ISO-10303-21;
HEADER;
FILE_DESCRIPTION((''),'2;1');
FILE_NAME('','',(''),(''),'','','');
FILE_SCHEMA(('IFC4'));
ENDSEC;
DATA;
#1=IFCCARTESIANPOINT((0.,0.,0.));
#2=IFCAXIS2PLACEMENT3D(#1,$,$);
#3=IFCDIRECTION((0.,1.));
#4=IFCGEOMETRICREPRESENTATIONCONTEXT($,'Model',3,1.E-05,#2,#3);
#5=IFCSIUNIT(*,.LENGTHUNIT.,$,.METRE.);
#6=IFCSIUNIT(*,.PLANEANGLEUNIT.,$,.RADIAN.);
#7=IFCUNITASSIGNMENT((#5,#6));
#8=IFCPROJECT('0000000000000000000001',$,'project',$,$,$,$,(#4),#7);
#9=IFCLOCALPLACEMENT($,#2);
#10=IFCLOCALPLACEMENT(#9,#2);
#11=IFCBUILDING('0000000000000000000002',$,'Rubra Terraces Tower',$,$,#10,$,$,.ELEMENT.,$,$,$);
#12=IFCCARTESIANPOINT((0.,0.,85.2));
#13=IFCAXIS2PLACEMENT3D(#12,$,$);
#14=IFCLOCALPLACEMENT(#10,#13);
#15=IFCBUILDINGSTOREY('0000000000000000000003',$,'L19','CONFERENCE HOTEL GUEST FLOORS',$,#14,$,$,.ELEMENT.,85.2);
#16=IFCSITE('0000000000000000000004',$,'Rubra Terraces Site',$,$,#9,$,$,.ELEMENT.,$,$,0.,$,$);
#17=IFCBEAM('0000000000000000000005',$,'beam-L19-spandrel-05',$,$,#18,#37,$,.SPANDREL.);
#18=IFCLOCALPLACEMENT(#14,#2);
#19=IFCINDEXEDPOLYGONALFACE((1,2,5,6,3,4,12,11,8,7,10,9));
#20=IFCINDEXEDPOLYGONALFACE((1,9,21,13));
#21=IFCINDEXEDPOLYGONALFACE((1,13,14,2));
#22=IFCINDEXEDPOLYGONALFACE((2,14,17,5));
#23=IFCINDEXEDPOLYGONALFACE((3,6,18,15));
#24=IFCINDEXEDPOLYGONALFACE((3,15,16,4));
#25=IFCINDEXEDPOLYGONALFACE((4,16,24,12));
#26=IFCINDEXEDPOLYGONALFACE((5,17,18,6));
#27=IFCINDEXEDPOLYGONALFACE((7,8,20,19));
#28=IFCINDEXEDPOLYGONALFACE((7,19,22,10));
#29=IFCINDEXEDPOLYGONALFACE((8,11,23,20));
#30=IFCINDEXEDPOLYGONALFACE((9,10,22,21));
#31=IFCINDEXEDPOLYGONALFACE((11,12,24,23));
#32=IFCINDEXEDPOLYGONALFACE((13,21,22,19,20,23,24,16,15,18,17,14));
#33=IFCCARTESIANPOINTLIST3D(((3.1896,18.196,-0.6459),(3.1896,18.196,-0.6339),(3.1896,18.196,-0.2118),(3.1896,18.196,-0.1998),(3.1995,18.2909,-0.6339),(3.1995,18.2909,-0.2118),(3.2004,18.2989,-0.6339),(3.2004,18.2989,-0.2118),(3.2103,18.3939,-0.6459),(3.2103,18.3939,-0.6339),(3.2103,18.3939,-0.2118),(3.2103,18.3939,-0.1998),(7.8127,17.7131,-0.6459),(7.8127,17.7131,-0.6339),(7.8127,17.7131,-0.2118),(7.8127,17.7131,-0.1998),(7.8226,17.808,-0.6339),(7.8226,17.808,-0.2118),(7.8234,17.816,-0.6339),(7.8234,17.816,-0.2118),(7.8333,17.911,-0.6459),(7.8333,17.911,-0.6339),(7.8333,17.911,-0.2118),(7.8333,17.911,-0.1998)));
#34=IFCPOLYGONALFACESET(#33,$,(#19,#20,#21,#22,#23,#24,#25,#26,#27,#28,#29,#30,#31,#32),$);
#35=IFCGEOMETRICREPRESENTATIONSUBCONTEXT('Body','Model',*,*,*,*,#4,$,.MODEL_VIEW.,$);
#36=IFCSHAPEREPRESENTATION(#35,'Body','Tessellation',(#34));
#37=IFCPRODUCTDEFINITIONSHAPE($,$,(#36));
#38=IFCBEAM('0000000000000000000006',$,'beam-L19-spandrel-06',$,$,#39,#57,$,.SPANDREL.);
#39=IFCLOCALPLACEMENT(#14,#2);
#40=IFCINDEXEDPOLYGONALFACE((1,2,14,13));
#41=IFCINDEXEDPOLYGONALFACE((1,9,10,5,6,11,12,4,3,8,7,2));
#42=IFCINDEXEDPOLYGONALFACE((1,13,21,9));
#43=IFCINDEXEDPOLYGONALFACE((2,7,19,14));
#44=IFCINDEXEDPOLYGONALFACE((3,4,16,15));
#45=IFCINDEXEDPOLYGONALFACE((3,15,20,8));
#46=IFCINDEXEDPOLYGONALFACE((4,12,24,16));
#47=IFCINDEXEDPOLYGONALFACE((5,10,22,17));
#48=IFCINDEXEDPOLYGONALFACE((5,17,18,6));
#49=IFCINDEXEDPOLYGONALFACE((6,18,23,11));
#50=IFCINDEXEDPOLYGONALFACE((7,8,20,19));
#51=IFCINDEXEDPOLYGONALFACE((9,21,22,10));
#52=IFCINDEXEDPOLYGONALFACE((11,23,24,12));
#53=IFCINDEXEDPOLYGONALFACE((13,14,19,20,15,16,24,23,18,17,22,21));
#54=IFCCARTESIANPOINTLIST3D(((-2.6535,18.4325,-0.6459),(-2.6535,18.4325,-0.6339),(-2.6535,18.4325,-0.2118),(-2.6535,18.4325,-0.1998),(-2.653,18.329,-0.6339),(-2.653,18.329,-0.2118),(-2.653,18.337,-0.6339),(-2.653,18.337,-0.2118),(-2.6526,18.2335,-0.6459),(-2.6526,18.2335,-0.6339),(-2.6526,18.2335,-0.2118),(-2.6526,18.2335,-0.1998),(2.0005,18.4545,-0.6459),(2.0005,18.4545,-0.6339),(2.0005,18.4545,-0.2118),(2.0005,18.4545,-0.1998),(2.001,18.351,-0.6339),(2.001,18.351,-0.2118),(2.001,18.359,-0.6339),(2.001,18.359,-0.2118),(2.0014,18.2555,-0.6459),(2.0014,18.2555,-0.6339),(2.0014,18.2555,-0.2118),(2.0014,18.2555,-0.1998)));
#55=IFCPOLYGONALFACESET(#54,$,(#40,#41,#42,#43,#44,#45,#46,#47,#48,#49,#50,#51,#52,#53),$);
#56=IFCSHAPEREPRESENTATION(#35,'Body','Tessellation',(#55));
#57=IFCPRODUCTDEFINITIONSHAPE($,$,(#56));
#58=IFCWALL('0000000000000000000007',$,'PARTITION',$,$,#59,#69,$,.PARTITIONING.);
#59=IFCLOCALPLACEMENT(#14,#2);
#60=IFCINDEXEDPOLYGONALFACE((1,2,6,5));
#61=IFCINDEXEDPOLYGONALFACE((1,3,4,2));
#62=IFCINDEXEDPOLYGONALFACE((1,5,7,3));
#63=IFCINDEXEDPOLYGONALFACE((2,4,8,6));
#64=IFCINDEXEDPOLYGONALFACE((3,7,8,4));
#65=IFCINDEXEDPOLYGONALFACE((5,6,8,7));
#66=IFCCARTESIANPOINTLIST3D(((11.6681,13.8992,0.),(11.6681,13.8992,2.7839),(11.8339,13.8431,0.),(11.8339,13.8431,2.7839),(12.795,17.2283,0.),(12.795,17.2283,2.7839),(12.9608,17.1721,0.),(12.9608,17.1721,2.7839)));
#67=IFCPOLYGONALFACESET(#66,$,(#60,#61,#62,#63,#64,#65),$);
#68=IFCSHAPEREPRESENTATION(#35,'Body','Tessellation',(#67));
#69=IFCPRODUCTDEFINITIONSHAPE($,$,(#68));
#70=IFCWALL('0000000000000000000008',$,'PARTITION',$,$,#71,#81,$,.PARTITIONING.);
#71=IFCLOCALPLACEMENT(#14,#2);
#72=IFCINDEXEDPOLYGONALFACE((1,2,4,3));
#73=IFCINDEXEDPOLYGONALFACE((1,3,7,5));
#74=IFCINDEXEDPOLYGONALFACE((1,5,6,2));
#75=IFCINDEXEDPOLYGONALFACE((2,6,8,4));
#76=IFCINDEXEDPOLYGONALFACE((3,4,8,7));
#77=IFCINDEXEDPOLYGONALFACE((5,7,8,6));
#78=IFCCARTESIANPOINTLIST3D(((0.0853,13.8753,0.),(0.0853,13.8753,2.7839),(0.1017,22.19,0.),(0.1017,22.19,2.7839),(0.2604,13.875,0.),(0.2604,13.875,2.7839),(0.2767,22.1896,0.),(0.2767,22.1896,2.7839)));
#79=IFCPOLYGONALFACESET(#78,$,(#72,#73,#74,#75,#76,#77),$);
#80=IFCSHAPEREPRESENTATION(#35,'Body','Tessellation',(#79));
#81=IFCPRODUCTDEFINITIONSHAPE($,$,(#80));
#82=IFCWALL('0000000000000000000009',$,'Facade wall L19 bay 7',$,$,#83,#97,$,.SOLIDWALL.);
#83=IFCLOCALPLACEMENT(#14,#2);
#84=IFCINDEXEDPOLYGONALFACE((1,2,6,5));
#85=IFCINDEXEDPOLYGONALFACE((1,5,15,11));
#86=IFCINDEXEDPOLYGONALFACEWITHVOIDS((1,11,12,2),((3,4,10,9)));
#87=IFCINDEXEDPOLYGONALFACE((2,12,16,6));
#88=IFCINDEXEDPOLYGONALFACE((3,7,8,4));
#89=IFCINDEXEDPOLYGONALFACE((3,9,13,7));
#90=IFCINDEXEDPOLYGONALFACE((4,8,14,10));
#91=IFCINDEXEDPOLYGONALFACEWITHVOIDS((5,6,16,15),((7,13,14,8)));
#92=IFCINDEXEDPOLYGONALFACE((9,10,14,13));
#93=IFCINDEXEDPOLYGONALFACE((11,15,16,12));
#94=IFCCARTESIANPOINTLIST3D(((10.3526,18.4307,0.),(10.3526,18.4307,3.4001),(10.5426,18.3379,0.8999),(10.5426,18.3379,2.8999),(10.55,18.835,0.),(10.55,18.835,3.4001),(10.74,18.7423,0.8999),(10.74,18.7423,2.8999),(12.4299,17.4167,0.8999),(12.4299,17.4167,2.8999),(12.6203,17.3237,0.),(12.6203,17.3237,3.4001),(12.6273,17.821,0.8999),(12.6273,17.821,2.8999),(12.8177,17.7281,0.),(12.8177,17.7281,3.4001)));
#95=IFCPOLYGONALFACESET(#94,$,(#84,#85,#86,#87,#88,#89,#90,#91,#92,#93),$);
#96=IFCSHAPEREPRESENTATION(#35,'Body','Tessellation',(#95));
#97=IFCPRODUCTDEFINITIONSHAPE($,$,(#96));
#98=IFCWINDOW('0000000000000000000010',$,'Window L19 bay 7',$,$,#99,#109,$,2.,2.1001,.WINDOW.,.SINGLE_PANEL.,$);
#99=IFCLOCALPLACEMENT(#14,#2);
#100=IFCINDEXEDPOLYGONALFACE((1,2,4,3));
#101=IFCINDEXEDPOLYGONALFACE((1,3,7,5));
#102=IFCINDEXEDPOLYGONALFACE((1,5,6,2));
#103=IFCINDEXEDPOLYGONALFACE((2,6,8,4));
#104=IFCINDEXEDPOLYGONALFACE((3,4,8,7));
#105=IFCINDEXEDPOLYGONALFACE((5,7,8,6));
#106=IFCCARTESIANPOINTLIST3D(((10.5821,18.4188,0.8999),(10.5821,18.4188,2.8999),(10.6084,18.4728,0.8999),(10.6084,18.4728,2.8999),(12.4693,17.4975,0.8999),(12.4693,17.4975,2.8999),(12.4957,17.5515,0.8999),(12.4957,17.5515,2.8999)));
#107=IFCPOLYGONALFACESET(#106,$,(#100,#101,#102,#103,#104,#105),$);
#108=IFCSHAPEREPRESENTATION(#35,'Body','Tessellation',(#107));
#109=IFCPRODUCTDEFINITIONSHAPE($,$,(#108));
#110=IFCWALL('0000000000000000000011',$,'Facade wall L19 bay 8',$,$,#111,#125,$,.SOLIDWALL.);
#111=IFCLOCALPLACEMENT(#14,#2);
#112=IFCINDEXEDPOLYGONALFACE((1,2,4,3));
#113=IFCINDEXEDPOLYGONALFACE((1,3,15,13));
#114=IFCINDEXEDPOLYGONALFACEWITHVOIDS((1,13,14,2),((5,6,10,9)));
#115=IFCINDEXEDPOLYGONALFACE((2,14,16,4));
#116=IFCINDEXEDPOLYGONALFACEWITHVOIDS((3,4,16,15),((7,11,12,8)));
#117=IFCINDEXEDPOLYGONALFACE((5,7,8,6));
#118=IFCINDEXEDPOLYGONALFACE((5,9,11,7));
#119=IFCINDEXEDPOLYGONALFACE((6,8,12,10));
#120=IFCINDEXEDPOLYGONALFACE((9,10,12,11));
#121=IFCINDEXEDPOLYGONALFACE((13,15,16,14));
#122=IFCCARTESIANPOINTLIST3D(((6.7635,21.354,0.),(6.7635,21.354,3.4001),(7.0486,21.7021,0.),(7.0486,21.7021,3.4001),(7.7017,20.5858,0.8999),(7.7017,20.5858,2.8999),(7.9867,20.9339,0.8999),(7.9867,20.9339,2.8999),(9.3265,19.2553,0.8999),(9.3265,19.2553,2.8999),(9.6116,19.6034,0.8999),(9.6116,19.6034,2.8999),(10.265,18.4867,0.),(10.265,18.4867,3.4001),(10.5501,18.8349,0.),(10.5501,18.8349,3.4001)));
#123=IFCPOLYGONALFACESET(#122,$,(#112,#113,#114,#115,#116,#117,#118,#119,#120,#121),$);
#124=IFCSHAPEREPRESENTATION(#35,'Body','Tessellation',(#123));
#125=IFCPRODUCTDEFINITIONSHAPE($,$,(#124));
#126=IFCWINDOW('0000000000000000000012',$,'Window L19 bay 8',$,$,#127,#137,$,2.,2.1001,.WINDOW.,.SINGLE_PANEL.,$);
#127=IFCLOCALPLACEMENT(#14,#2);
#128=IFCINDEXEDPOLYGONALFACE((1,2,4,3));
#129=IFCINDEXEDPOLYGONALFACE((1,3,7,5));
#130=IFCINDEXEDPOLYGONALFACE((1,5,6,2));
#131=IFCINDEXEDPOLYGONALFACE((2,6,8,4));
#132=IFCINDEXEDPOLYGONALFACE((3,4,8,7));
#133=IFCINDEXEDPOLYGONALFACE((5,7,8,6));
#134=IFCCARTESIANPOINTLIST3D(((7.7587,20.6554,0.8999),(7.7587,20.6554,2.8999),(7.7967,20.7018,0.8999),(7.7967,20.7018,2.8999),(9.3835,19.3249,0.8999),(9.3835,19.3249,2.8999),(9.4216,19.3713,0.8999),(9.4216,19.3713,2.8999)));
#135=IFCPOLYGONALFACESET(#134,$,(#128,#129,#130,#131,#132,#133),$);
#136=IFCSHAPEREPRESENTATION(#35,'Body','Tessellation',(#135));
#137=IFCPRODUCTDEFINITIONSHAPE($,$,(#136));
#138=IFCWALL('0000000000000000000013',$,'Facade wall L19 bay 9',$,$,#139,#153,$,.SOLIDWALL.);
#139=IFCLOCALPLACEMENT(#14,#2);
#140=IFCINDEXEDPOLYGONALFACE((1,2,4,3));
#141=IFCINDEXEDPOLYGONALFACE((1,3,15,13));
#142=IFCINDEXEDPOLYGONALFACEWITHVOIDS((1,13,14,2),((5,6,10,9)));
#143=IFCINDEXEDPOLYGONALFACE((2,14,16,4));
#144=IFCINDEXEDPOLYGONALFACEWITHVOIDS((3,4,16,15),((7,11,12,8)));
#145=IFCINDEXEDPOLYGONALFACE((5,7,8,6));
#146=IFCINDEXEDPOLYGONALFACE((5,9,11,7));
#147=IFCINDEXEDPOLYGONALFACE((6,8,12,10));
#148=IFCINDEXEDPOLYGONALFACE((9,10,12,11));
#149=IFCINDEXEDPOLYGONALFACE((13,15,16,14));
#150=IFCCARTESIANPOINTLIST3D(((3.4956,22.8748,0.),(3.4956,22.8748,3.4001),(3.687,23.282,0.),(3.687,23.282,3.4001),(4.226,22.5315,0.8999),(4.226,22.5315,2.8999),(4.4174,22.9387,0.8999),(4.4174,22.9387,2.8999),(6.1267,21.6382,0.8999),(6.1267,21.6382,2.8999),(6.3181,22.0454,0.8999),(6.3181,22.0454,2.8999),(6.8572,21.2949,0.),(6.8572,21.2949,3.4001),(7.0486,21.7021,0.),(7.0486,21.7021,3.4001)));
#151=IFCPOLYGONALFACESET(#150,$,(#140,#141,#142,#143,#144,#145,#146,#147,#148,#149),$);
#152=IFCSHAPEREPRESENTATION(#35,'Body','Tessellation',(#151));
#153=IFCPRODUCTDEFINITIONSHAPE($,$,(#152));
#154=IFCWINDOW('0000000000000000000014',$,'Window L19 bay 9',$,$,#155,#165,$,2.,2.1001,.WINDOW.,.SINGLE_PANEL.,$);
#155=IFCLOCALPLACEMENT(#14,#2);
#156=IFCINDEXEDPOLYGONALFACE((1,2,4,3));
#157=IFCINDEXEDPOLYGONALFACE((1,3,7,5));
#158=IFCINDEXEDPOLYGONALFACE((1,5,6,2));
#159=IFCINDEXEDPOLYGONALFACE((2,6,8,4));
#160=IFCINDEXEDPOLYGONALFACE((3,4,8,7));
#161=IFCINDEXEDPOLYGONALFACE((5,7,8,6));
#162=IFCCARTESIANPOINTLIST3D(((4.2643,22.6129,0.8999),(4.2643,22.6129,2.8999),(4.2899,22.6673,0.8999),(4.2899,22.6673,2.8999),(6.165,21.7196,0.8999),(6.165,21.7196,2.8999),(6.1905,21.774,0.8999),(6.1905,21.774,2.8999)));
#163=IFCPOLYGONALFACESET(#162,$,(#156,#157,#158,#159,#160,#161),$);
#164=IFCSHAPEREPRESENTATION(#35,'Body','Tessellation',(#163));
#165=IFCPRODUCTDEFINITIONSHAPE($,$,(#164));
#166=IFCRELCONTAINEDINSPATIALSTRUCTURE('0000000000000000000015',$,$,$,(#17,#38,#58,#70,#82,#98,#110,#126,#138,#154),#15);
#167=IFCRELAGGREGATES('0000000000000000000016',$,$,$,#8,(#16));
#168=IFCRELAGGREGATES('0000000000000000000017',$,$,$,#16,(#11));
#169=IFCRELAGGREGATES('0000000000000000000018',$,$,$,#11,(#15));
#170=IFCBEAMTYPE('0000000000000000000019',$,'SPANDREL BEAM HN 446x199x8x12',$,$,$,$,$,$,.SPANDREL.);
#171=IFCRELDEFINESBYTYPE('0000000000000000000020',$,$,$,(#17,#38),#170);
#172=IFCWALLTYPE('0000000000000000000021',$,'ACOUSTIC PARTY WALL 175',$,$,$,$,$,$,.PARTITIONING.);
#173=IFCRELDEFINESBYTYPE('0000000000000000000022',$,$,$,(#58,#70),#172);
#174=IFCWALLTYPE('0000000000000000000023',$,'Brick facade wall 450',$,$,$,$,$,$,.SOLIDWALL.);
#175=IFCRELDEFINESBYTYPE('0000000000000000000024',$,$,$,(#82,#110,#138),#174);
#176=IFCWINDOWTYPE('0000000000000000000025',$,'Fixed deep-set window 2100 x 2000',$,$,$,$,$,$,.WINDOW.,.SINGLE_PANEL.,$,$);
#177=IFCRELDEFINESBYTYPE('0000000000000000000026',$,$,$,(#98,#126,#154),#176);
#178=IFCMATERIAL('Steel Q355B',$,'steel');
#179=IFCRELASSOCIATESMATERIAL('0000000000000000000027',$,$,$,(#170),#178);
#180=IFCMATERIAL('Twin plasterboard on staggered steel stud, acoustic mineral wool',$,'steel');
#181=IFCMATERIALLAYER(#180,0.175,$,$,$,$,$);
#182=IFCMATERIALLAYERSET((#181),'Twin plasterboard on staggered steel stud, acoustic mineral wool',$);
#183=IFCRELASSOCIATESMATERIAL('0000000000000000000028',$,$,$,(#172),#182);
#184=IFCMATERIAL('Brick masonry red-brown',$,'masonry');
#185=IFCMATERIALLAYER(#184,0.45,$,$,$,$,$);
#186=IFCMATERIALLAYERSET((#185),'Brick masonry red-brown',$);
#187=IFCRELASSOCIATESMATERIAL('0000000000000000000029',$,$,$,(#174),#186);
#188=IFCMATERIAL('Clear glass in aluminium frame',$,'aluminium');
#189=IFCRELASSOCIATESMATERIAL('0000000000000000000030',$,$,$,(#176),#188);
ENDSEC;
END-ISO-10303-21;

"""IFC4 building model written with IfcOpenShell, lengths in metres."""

from ifc_helpers import new_model, si_unit, direction, frame, frame_2d, origin, origin_2d, place, context, subcontext, project, spatial, rectangle, i_section, extrude, material, layer, layer_set, material_profile, profile_set, type_object, element, fill, save


model = new_model("IFC4")

# Units and contexts
model_context = context("Model", 3, precision=1e-05, world=origin(), true_north=direction((0.0, 1.0)))
body_context = subcontext(model_context, "Body", "Model", "MODEL_VIEW")
ifc_project = project(units=[si_unit("LENGTHUNIT", "METRE"), si_unit("PLANEANGLEUNIT", "RADIAN")], contexts=[model_context])

# Site, building, storey
site_placement = place(None, origin())
site = spatial("IfcSite", under=ifc_project, at=site_placement, Name="Rubra Terraces Site", CompositionType="ELEMENT", RefElevation=0.0)
building_placement = place(site_placement, origin())
building = spatial("IfcBuilding", under=site, at=building_placement, Name="Rubra Terraces Tower", CompositionType="ELEMENT")
storey_placement = place(building_placement, frame((0.0, 0.0, 85.2)))
storey = spatial("IfcBuildingStorey", under=building, at=storey_placement, Name="L19", Description="CONFERENCE HOTEL GUEST FLOORS", CompositionType="ELEMENT", Elevation=85.2)

# Beams
ifc_material_1 = material(Name="Steel Q355B", Category="steel")
ifc_material_profile_1 = material_profile(ifc_material_1, i_section(OverallWidth=0.199, OverallDepth=0.446, WebThickness=0.0081, FlangeThickness=0.012, at=origin_2d()), Name="HN 446x199x8x12")
ifc_profile_set_1 = profile_set([ifc_material_profile_1], Name="Steel Q355B")
beam_type_1 = type_object("IfcBeamType", Name="SPANDREL BEAM HN 446x199x8x12", PredefinedType="SPANDREL", material=ifc_profile_set_1)
beam_1_placement = place(storey_placement, frame((7.823, 17.812, -0.4229), z_axis=(-0.994589, 0.103892, 0.0), x_axis=(-0.103892, -0.994589, 0.0)))
element("IfcBeam", 1, at=beam_1_placement, inside=storey, type_object=beam_type_1, Name="beam-L19-spandrel-05", PredefinedType="SPANDREL", context=body_context, shape_type="SweptSolid", body=[
    extrude(i_section(OverallWidth=0.199, OverallDepth=0.446, WebThickness=0.0081, FlangeThickness=0.012, at=origin_2d()), origin(), (0.0, 0.0, 1.0), 4.6482),
])
beam_2_placement = place(storey_placement, frame((2.001, 18.355, -0.4229), z_axis=(-0.999989, -0.004721, 0.0), x_axis=(0.004721, -0.999989, 0.0)))
element("IfcBeam", 2, at=beam_2_placement, inside=storey, type_object=beam_type_1, Name="beam-L19-spandrel-06", PredefinedType="SPANDREL", context=body_context, shape_type="SweptSolid", body=[
    extrude(i_section(OverallWidth=0.199, OverallDepth=0.446, WebThickness=0.0081, FlangeThickness=0.012, at=origin_2d()), origin(), (0.0, 0.0, 1.0), 4.6541),
])

# Walls
ifc_material_2 = material(Name="Twin plasterboard on staggered steel stud, acoustic mineral wool", Category="steel")
ifc_layer_1 = layer(ifc_material_2, 0.175)
ifc_layer_set_1 = layer_set([ifc_layer_1], Name="Twin plasterboard on staggered steel stud, acoustic mineral wool")
wall_type_1 = type_object("IfcWallType", Name="ACOUSTIC PARTY WALL 175", PredefinedType="PARTITIONING", material=ifc_layer_set_1)
wall_1_placement = place(storey_placement, frame((12.8779, 17.2002, 0.0), z_axis=(0.0, 0.0, 1.0), x_axis=(-0.320642, -0.9472, 0.0)))
element("IfcWall", 3, at=wall_1_placement, inside=storey, type_object=wall_type_1, Name="PARTITION", PredefinedType="PARTITIONING", context=body_context, shape_type="SweptSolid", body=[
    extrude(rectangle(XDim=3.5146, YDim=0.175, at=frame_2d((1.7573, 0.0))), origin(), (0.0, 0.0, 1.0), 2.7839),
])
wall_2_placement = place(storey_placement, frame((0.1892, 22.1897, 0.0), z_axis=(0.0, 0.0, 1.0), x_axis=(-0.001967, -0.999998, 0.0)))
element("IfcWall", 4, at=wall_2_placement, inside=storey, type_object=wall_type_1, Name="PARTITION", PredefinedType="PARTITIONING", context=body_context, shape_type="SweptSolid", body=[
    extrude(rectangle(XDim=8.3147, YDim=0.175, at=frame_2d((4.1572, 0.0))), origin(), (0.0, 0.0, 1.0), 2.7839),
])

# Walls, openings, windows
ifc_material_3 = material(Name="Brick masonry red-brown", Category="masonry")
ifc_layer_2 = layer(ifc_material_3, 0.45)
ifc_layer_set_2 = layer_set([ifc_layer_2], Name="Brick masonry red-brown")
wall_type_2 = type_object("IfcWallType", Name="Brick facade wall 450", PredefinedType="SOLIDWALL", material=ifc_layer_set_2)
wall_3_placement = place(storey_placement, frame((12.719, 17.5259, 0.0), z_axis=(0.0, 0.0, 1.0), x_axis=(-0.898644, 0.438679, 0.0)))
wall_3 = element("IfcWall", 5, at=wall_3_placement, inside=storey, type_object=wall_type_2, Name="Facade wall L19 bay 7", PredefinedType="SOLIDWALL", context=body_context, shape_type="SweptSolid", body=[
    extrude(rectangle(XDim=2.5234, YDim=0.45, at=frame_2d((1.2617, 0.0))), origin(), (0.0, 0.0, 1.0), 3.4001),
])
opening_1_placement = place(wall_3_placement, frame((0.2119, 0.0, 0.8999)))
opening_1 = element("IfcOpeningElement", 6, at=opening_1_placement, cuts=wall_3, PredefinedType="OPENING", context=body_context, shape_type="SweptSolid", body=[
    extrude(rectangle(XDim=2.1001, YDim=2.0, at=frame_2d((1.05, 1.0))), frame((0.0, 0.2349, 0.0), z_axis=(0.0, -1.0, 0.0), x_axis=(1.0, 0.0, 0.0)), (0.0, 0.0, 1.0), 0.47),
])
ifc_material_4 = material(Name="Clear glass in aluminium frame", Category="aluminium")
window_type_1 = type_object("IfcWindowType", Name="Fixed deep-set window 2100 x 2000", PartitioningType="SINGLE_PANEL", PredefinedType="WINDOW", material=ifc_material_4)
window_1_placement = place(opening_1_placement, origin())
window_1 = element("IfcWindow", 7, at=window_1_placement, inside=storey, type_object=window_type_1, Name="Window L19 bay 7", OverallHeight=2.0, OverallWidth=2.1001, PartitioningType="SINGLE_PANEL", PredefinedType="WINDOW", context=body_context, shape_type="SweptSolid", body=[
    extrude(rectangle(XDim=2.1001, YDim=2.0, at=frame_2d((1.05, 1.0))), frame((0.0, 0.135, 0.0), z_axis=(0.0, -1.0, 0.0), x_axis=(1.0, 0.0, 0.0)), (0.0, 0.0, 1.0), 0.0601),
])
fill(opening_1, window_1)
wall_4_placement = place(storey_placement, frame((10.4075, 18.6609, 0.0), z_axis=(0.0, 0.0, 1.0), x_axis=(-0.773702, 0.633549, 0.0)))
wall_4 = element("IfcWall", 8, at=wall_4_placement, inside=storey, type_object=wall_type_2, Name="Facade wall L19 bay 8", PredefinedType="SOLIDWALL", context=body_context, shape_type="SweptSolid", body=[
    extrude(rectangle(XDim=4.5256, YDim=0.45, at=frame_2d((2.2627, 0.0))), origin(), (0.0, 0.0, 1.0), 3.4001),
])
opening_2_placement = place(wall_4_placement, frame((1.2129, 0.0, 0.8999)))
opening_2 = element("IfcOpeningElement", 9, at=opening_2_placement, cuts=wall_4, PredefinedType="OPENING", context=body_context, shape_type="SweptSolid", body=[
    extrude(rectangle(XDim=2.1001, YDim=2.0, at=frame_2d((1.05, 1.0))), frame((0.0, 0.2349, 0.0), z_axis=(0.0, -1.0, 0.0), x_axis=(1.0, 0.0, 0.0)), (0.0, 0.0, 1.0), 0.47),
])
window_2_placement = place(opening_2_placement, origin())
window_2 = element("IfcWindow", 10, at=window_2_placement, inside=storey, type_object=window_type_1, Name="Window L19 bay 8", OverallHeight=2.0, OverallWidth=2.1001, PartitioningType="SINGLE_PANEL", PredefinedType="WINDOW", context=body_context, shape_type="SweptSolid", body=[
    extrude(rectangle(XDim=2.1001, YDim=2.0, at=frame_2d((1.05, 1.0))), frame((0.0, 0.135, 0.0), z_axis=(0.0, -1.0, 0.0), x_axis=(1.0, 0.0, 0.0)), (0.0, 0.0, 1.0), 0.0601),
])
fill(opening_2, window_2)
wall_5_placement = place(storey_placement, frame((6.9529, 21.4985, 0.0), z_axis=(0.0, 0.0, 1.0), x_axis=(-0.905035, 0.425338, 0.0)))
wall_5 = element("IfcWall", 11, at=wall_5_placement, inside=storey, type_object=wall_type_2, Name="Facade wall L19 bay 9", PredefinedType="SOLIDWALL", context=body_context, shape_type="SweptSolid", body=[
    extrude(rectangle(XDim=3.7144, YDim=0.45, at=frame_2d((1.8572, 0.0))), origin(), (0.0, 0.0, 1.0), 3.4001),
])
opening_3_placement = place(wall_5_placement, frame((0.8071, 0.0, 0.8999)))
opening_3 = element("IfcOpeningElement", 12, at=opening_3_placement, cuts=wall_5, PredefinedType="OPENING", context=body_context, shape_type="SweptSolid", body=[
    extrude(rectangle(XDim=2.1001, YDim=2.0, at=frame_2d((1.05, 1.0))), frame((0.0, 0.2349, 0.0), z_axis=(0.0, -1.0, 0.0), x_axis=(1.0, 0.0, 0.0)), (0.0, 0.0, 1.0), 0.47),
])
window_3_placement = place(opening_3_placement, origin())
window_3 = element("IfcWindow", 13, at=window_3_placement, inside=storey, type_object=window_type_1, Name="Window L19 bay 9", OverallHeight=2.0, OverallWidth=2.1001, PartitioningType="SINGLE_PANEL", PredefinedType="WINDOW", context=body_context, shape_type="SweptSolid", body=[
    extrude(rectangle(XDim=2.1001, YDim=2.0, at=frame_2d((1.05, 1.0))), frame((0.0, 0.135, 0.0), z_axis=(0.0, -1.0, 0.0), x_axis=(1.0, 0.0, 0.0)), (0.0, 0.0, 1.0), 0.0601),
])
fill(opening_3, window_3)

save(model, "model.ifc")
